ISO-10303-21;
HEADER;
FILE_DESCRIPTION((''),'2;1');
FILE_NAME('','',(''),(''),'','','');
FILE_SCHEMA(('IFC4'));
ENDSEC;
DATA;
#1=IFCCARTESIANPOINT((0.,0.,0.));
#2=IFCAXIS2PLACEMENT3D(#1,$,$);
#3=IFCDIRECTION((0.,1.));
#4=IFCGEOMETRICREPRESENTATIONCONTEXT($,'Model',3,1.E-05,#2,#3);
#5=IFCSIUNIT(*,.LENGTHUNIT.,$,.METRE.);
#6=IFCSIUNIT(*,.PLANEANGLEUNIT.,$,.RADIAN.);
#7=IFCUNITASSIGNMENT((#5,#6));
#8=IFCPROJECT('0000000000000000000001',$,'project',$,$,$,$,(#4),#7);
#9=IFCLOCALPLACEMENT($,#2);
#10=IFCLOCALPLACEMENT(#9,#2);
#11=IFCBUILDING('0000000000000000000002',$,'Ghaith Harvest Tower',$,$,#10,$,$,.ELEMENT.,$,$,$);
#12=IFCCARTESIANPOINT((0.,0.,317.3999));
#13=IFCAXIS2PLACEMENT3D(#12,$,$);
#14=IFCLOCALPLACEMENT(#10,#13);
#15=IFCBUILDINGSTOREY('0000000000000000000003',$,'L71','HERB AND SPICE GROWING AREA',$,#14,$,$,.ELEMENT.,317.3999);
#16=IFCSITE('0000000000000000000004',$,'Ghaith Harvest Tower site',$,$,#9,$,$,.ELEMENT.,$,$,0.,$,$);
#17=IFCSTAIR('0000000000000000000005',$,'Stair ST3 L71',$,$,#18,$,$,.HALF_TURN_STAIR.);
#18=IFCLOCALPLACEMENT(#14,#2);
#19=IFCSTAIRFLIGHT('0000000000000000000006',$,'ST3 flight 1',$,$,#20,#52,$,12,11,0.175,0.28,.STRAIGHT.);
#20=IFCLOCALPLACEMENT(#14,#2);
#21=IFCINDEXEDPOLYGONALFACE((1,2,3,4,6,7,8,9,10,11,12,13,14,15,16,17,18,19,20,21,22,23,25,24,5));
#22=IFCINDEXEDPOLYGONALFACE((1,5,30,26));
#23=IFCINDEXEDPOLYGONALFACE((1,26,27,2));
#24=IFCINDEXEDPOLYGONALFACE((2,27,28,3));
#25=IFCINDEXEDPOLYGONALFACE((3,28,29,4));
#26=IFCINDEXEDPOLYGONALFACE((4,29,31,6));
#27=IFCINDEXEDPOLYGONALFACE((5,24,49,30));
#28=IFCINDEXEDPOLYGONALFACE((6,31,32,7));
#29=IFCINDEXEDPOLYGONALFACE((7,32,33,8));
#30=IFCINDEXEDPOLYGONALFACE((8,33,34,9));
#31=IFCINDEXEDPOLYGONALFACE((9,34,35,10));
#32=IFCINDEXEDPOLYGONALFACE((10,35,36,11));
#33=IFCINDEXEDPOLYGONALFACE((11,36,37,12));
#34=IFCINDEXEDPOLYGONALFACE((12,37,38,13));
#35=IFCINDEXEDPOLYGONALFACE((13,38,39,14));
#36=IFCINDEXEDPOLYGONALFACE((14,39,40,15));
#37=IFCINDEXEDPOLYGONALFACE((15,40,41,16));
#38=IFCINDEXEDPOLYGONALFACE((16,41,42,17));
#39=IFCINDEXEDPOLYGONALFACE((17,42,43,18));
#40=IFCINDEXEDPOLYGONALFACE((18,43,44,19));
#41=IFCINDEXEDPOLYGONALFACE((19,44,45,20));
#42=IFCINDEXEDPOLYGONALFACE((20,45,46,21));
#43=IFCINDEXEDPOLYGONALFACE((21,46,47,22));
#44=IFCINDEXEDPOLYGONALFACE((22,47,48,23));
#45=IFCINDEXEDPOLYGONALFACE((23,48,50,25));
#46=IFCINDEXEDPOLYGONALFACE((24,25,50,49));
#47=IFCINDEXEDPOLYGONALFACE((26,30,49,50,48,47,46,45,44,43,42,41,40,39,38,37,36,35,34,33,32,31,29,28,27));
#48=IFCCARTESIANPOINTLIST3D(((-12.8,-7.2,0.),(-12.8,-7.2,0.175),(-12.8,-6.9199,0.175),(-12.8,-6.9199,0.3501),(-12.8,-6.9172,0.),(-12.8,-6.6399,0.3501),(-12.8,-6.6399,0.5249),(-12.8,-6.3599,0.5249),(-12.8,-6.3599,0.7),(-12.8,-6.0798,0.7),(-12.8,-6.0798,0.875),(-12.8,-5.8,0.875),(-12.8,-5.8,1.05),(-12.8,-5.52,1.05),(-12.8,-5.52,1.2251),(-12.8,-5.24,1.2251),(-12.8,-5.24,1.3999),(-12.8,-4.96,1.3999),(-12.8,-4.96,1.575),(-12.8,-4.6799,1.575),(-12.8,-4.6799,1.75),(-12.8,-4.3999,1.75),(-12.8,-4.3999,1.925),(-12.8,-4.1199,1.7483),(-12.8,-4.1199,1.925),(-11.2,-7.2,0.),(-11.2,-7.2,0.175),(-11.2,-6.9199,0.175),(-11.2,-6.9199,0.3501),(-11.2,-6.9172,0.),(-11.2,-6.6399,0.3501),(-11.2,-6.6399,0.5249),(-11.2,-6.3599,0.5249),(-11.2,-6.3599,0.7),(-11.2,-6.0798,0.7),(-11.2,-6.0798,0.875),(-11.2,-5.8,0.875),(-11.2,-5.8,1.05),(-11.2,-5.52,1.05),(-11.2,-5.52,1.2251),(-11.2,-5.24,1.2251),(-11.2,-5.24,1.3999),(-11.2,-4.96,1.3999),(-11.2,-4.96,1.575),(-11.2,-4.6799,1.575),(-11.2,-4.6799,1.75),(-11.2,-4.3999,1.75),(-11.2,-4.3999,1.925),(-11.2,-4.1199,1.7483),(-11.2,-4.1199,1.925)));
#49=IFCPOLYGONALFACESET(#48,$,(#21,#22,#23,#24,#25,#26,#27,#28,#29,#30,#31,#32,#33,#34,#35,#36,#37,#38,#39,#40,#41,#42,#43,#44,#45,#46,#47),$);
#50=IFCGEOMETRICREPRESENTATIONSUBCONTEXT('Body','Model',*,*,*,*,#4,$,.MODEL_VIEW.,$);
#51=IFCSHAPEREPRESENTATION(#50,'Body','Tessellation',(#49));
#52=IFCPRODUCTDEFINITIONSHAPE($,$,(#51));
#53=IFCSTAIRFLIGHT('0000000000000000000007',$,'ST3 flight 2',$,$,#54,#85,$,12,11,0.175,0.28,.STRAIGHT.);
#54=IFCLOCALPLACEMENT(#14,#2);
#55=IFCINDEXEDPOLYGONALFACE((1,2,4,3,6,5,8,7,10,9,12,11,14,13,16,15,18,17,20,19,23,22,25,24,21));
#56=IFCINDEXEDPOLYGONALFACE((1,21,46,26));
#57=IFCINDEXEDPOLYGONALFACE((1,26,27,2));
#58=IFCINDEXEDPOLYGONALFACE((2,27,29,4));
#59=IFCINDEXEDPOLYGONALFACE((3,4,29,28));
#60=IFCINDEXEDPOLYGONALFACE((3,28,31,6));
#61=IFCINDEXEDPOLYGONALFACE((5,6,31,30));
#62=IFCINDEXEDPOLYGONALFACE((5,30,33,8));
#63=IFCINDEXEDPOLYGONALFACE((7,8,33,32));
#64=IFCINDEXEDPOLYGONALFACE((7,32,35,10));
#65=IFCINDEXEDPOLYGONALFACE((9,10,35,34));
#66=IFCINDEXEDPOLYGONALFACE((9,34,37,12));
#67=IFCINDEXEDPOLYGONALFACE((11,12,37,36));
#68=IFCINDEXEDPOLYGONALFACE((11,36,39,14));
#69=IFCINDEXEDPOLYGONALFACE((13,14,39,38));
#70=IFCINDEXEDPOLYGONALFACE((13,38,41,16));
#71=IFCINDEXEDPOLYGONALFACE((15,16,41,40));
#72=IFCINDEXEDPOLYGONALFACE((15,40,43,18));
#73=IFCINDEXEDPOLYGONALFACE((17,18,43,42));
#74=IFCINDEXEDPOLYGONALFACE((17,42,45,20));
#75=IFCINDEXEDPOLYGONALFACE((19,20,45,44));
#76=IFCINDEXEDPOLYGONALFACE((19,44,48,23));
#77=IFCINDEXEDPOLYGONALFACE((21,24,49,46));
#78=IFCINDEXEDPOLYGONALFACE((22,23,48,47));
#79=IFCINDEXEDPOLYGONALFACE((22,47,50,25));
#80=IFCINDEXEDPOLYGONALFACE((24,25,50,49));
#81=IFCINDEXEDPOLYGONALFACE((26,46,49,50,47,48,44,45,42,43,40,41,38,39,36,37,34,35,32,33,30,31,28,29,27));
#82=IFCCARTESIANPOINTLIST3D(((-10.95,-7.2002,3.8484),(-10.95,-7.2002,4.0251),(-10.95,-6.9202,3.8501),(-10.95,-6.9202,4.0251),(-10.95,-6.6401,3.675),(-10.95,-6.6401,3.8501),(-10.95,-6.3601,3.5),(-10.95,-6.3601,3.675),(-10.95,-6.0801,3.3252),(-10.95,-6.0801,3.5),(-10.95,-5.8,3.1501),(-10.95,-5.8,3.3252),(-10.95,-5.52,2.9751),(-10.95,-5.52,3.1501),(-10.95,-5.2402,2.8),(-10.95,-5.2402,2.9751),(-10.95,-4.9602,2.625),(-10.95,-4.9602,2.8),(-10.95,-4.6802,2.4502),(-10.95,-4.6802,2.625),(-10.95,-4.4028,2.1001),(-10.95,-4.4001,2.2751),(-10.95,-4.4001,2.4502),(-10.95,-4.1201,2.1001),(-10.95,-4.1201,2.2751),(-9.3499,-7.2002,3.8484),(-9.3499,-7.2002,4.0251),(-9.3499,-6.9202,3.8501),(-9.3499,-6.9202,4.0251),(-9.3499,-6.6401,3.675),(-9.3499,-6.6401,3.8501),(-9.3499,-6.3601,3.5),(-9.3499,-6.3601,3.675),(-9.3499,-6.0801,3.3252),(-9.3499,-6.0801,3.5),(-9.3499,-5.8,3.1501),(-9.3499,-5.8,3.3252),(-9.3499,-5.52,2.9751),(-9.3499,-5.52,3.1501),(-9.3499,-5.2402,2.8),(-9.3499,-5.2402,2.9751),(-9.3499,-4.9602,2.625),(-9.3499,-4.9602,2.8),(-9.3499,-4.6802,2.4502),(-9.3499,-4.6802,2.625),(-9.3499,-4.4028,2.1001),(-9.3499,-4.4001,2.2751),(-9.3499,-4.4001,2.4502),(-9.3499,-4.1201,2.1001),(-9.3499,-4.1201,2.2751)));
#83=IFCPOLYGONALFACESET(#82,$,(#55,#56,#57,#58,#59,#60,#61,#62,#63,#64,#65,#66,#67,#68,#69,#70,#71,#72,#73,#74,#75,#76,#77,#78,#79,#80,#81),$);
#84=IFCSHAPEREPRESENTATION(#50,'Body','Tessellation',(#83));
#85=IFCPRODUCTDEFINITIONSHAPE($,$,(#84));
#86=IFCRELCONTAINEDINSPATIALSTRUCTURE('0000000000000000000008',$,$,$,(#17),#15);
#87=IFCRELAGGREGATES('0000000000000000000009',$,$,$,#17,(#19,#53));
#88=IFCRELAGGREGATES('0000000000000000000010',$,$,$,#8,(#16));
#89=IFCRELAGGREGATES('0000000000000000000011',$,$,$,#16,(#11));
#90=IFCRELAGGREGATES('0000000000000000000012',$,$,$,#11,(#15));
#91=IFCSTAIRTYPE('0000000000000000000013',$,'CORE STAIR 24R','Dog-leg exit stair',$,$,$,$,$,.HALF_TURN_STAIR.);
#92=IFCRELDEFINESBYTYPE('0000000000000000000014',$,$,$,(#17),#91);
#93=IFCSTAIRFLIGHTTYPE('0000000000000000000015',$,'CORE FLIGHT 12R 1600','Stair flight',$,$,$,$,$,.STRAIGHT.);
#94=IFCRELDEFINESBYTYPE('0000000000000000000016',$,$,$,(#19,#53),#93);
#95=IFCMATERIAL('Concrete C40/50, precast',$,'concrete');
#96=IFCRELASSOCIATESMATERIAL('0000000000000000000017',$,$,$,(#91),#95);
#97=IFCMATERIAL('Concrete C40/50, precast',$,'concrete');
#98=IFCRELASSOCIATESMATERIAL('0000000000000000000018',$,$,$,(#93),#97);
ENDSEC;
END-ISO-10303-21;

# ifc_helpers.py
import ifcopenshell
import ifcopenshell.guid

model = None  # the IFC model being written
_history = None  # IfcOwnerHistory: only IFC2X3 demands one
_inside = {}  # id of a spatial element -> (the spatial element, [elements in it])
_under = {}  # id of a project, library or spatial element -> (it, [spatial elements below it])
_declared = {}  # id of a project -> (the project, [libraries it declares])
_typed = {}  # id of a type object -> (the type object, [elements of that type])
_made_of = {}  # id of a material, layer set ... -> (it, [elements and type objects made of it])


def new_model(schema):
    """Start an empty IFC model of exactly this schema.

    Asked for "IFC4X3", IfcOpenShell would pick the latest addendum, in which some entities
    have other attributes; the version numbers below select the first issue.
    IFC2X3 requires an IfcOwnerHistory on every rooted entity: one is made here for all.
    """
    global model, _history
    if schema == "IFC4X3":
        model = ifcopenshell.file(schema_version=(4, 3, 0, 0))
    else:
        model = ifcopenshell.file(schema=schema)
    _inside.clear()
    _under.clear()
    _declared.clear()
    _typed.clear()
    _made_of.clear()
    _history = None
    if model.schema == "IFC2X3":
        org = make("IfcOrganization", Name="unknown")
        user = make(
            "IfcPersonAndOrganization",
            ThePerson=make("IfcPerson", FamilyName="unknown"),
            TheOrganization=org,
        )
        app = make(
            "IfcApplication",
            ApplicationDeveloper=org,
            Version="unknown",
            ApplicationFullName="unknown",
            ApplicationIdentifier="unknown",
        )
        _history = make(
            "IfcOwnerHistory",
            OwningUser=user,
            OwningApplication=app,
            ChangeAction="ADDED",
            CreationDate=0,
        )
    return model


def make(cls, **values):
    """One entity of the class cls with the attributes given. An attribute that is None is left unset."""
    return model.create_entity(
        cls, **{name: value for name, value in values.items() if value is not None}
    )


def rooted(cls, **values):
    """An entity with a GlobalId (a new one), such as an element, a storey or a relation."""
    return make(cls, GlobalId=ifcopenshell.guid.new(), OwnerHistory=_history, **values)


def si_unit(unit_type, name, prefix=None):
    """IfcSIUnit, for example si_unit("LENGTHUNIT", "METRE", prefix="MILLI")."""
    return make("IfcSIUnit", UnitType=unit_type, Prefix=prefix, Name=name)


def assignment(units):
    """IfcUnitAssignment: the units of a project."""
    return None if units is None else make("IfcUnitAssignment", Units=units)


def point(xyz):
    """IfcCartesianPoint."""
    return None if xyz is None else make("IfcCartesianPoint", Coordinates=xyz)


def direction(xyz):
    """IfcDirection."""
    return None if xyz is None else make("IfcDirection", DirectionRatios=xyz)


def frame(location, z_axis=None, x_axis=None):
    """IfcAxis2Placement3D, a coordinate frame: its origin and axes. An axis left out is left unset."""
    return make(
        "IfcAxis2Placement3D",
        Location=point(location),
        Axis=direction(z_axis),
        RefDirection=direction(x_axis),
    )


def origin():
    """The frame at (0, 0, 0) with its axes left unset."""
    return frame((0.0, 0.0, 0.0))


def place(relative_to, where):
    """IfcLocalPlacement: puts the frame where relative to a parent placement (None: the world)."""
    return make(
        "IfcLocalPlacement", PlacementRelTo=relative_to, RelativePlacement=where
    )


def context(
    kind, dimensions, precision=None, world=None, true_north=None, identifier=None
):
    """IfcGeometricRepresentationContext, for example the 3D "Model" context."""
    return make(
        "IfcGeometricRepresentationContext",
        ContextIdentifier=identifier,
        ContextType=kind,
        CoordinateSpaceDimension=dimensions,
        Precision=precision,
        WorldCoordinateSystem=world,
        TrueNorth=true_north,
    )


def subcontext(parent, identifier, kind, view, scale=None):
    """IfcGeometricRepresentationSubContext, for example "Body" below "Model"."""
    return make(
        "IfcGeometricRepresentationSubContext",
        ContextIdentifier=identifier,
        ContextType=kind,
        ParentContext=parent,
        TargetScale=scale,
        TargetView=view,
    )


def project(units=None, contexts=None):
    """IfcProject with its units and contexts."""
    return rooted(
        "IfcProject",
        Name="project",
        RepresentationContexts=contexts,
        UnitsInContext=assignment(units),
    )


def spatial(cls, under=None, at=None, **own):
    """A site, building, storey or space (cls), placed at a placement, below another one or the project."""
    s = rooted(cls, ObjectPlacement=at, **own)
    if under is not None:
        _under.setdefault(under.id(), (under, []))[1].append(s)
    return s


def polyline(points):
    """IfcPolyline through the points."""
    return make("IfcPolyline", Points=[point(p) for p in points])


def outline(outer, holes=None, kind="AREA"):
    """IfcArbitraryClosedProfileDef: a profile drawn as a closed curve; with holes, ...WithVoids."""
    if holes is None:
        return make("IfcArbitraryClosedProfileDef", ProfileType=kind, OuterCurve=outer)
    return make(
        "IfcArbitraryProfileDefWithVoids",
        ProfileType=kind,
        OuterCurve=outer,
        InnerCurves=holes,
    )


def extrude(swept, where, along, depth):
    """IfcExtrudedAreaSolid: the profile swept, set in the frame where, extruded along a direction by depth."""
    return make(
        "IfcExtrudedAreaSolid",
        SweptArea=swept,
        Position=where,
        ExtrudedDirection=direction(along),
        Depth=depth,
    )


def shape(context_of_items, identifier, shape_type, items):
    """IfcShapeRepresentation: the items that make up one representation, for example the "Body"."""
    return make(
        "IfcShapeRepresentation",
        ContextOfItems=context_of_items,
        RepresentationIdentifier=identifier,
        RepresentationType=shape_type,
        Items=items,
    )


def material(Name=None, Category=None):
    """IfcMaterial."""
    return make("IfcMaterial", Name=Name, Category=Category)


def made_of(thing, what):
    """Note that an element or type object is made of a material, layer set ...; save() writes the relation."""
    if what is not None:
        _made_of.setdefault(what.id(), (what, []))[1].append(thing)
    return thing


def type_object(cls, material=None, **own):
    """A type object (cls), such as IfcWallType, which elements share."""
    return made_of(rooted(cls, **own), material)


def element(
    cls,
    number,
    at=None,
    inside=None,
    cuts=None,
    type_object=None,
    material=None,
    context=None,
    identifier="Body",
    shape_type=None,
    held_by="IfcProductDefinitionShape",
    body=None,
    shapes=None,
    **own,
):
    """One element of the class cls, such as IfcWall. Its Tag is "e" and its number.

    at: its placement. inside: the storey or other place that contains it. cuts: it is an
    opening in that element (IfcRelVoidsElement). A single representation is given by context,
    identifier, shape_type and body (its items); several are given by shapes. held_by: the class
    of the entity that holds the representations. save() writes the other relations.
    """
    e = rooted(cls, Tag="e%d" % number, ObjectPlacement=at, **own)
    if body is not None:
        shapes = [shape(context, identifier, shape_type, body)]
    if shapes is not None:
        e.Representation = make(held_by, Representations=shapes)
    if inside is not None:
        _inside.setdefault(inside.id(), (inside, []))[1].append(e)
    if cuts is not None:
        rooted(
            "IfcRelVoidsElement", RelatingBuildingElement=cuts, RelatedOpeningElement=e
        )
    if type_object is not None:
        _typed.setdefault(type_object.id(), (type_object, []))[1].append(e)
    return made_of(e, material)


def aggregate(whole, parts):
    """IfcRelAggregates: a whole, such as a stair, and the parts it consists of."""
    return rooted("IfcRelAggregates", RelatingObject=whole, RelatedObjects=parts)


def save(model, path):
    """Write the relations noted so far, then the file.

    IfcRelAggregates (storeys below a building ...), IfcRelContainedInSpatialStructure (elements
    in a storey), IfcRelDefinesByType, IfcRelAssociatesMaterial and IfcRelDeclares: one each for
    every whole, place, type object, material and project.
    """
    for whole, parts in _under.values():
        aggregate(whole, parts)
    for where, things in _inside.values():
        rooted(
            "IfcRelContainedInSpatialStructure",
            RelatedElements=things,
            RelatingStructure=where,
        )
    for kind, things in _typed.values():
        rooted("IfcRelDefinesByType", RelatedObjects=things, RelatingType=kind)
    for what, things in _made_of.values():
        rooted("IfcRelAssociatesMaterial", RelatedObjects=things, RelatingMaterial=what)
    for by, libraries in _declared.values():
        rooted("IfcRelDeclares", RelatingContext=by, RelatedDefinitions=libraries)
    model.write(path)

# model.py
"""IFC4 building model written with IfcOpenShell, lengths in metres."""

from ifc_helpers import new_model, si_unit, direction, frame, origin, place, context, subcontext, project, spatial, polyline, outline, extrude, material, type_object, element, aggregate, save


model = new_model("IFC4")

# Units and contexts
model_context = context("Model", 3, precision=1e-05, world=origin(), true_north=direction((0.0, 1.0)))
body_context = subcontext(model_context, "Body", "Model", "MODEL_VIEW")
ifc_project = project(units=[si_unit("LENGTHUNIT", "METRE"), si_unit("PLANEANGLEUNIT", "RADIAN")], contexts=[model_context])

# Site, building, storey
site_placement = place(None, origin())
site = spatial("IfcSite", under=ifc_project, at=site_placement, Name="Ghaith Harvest Tower site", CompositionType="ELEMENT", RefElevation=0.0)
building_placement = place(site_placement, origin())
building = spatial("IfcBuilding", under=site, at=building_placement, Name="Ghaith Harvest Tower", CompositionType="ELEMENT")
storey_placement = place(building_placement, frame((0.0, 0.0, 317.3999)))
storey = spatial("IfcBuildingStorey", under=building, at=storey_placement, Name="L71", Description="HERB AND SPICE GROWING AREA", CompositionType="ELEMENT", Elevation=317.3999)

# Stair, stair flights
ifc_material_1 = material(Name="Concrete C40/50, precast", Category="concrete")
stair_type = type_object("IfcStairType", Name="CORE STAIR 24R", Description="Dog-leg exit stair", PredefinedType="HALF_TURN_STAIR", material=ifc_material_1)
stair_placement = place(storey_placement, origin())
stair = element("IfcStair", 1, at=stair_placement, inside=storey, type_object=stair_type, Name="Stair ST3 L71", PredefinedType="HALF_TURN_STAIR")
ifc_material_2 = material(Name="Concrete C40/50, precast", Category="concrete")
stair_flight_type = type_object("IfcStairFlightType", Name="CORE FLIGHT 12R 1600", Description="Stair flight", PredefinedType="STRAIGHT", material=ifc_material_2)
stair_flight_1_placement = place(storey_placement, frame((-12.0, -7.2, 0.0), z_axis=(0.0, 0.0, 1.0), x_axis=(0.0, 1.0, 0.0)))
stair_flight_1 = element("IfcStairFlight", 2, at=stair_flight_1_placement, type_object=stair_flight_type, Name="ST3 flight 1", NumberOfRisers=12, NumberOfTreads=11, PredefinedType="STRAIGHT", RiserHeight=0.175, TreadLength=0.28, context=body_context, shape_type="SweptSolid", body=[
    extrude(outline(polyline([(0.0, 0.0), (0.0, 0.175), (0.28, 0.175), (0.28, 0.3501), (0.5601, 0.3501), (0.5601, 0.5249), (0.8401, 0.5249), (0.8401, 0.7), (1.1201, 0.7), (1.1201, 0.875), (1.3999, 0.875), (1.3999, 1.05), (1.6799, 1.05), (1.6799, 1.2251), (1.96, 1.2251), (1.96, 1.3999), (2.24, 1.3999), (2.24, 1.575), (2.52, 1.575), (2.52, 1.75), (2.8, 1.75), (2.8, 1.925), (3.0801, 1.925), (3.0801, 2.1001), (3.0801, 1.7483), (0.2827, 0.0), (0.0, 0.0)])), frame((0.0, 0.8, 0.0), z_axis=(0.0, -1.0, 0.0), x_axis=(1.0, 0.0, 0.0)), (0.0, 0.0, 1.0), 1.6001),
])
stair_flight_2_placement = place(storey_placement, frame((-10.1499, -4.1201, 2.1001), z_axis=(0.0, 0.0, 1.0), x_axis=(0.0, -1.0, 0.0)))
stair_flight_2 = element("IfcStairFlight", 3, at=stair_flight_2_placement, type_object=stair_flight_type, Name="ST3 flight 2", NumberOfRisers=12, NumberOfTreads=11, PredefinedType="STRAIGHT", RiserHeight=0.175, TreadLength=0.28, context=body_context, shape_type="SweptSolid", body=[
    extrude(outline(polyline([(0.0, 0.0), (0.0, 0.175), (0.28, 0.175), (0.28, 0.3501), (0.5601, 0.3501), (0.5601, 0.5249), (0.8401, 0.5249), (0.8401, 0.7), (1.1201, 0.7), (1.1201, 0.875), (1.3999, 0.875), (1.3999, 1.05), (1.6799, 1.05), (1.6799, 1.2251), (1.96, 1.2251), (1.96, 1.3999), (2.24, 1.3999), (2.24, 1.575), (2.52, 1.575), (2.52, 1.75), (2.8, 1.75), (2.8, 1.925), (3.0801, 1.925), (3.0801, 2.1001), (3.0801, 1.7483), (0.2827, 0.0), (0.0, 0.0)])), frame((0.0, 0.8, 0.0), z_axis=(0.0, -1.0, 0.0), x_axis=(1.0, 0.0, 0.0)), (0.0, 0.0, 1.0), 1.6001),
])
aggregate(stair, [stair_flight_1, stair_flight_2])

save(model, "model.ifc")
